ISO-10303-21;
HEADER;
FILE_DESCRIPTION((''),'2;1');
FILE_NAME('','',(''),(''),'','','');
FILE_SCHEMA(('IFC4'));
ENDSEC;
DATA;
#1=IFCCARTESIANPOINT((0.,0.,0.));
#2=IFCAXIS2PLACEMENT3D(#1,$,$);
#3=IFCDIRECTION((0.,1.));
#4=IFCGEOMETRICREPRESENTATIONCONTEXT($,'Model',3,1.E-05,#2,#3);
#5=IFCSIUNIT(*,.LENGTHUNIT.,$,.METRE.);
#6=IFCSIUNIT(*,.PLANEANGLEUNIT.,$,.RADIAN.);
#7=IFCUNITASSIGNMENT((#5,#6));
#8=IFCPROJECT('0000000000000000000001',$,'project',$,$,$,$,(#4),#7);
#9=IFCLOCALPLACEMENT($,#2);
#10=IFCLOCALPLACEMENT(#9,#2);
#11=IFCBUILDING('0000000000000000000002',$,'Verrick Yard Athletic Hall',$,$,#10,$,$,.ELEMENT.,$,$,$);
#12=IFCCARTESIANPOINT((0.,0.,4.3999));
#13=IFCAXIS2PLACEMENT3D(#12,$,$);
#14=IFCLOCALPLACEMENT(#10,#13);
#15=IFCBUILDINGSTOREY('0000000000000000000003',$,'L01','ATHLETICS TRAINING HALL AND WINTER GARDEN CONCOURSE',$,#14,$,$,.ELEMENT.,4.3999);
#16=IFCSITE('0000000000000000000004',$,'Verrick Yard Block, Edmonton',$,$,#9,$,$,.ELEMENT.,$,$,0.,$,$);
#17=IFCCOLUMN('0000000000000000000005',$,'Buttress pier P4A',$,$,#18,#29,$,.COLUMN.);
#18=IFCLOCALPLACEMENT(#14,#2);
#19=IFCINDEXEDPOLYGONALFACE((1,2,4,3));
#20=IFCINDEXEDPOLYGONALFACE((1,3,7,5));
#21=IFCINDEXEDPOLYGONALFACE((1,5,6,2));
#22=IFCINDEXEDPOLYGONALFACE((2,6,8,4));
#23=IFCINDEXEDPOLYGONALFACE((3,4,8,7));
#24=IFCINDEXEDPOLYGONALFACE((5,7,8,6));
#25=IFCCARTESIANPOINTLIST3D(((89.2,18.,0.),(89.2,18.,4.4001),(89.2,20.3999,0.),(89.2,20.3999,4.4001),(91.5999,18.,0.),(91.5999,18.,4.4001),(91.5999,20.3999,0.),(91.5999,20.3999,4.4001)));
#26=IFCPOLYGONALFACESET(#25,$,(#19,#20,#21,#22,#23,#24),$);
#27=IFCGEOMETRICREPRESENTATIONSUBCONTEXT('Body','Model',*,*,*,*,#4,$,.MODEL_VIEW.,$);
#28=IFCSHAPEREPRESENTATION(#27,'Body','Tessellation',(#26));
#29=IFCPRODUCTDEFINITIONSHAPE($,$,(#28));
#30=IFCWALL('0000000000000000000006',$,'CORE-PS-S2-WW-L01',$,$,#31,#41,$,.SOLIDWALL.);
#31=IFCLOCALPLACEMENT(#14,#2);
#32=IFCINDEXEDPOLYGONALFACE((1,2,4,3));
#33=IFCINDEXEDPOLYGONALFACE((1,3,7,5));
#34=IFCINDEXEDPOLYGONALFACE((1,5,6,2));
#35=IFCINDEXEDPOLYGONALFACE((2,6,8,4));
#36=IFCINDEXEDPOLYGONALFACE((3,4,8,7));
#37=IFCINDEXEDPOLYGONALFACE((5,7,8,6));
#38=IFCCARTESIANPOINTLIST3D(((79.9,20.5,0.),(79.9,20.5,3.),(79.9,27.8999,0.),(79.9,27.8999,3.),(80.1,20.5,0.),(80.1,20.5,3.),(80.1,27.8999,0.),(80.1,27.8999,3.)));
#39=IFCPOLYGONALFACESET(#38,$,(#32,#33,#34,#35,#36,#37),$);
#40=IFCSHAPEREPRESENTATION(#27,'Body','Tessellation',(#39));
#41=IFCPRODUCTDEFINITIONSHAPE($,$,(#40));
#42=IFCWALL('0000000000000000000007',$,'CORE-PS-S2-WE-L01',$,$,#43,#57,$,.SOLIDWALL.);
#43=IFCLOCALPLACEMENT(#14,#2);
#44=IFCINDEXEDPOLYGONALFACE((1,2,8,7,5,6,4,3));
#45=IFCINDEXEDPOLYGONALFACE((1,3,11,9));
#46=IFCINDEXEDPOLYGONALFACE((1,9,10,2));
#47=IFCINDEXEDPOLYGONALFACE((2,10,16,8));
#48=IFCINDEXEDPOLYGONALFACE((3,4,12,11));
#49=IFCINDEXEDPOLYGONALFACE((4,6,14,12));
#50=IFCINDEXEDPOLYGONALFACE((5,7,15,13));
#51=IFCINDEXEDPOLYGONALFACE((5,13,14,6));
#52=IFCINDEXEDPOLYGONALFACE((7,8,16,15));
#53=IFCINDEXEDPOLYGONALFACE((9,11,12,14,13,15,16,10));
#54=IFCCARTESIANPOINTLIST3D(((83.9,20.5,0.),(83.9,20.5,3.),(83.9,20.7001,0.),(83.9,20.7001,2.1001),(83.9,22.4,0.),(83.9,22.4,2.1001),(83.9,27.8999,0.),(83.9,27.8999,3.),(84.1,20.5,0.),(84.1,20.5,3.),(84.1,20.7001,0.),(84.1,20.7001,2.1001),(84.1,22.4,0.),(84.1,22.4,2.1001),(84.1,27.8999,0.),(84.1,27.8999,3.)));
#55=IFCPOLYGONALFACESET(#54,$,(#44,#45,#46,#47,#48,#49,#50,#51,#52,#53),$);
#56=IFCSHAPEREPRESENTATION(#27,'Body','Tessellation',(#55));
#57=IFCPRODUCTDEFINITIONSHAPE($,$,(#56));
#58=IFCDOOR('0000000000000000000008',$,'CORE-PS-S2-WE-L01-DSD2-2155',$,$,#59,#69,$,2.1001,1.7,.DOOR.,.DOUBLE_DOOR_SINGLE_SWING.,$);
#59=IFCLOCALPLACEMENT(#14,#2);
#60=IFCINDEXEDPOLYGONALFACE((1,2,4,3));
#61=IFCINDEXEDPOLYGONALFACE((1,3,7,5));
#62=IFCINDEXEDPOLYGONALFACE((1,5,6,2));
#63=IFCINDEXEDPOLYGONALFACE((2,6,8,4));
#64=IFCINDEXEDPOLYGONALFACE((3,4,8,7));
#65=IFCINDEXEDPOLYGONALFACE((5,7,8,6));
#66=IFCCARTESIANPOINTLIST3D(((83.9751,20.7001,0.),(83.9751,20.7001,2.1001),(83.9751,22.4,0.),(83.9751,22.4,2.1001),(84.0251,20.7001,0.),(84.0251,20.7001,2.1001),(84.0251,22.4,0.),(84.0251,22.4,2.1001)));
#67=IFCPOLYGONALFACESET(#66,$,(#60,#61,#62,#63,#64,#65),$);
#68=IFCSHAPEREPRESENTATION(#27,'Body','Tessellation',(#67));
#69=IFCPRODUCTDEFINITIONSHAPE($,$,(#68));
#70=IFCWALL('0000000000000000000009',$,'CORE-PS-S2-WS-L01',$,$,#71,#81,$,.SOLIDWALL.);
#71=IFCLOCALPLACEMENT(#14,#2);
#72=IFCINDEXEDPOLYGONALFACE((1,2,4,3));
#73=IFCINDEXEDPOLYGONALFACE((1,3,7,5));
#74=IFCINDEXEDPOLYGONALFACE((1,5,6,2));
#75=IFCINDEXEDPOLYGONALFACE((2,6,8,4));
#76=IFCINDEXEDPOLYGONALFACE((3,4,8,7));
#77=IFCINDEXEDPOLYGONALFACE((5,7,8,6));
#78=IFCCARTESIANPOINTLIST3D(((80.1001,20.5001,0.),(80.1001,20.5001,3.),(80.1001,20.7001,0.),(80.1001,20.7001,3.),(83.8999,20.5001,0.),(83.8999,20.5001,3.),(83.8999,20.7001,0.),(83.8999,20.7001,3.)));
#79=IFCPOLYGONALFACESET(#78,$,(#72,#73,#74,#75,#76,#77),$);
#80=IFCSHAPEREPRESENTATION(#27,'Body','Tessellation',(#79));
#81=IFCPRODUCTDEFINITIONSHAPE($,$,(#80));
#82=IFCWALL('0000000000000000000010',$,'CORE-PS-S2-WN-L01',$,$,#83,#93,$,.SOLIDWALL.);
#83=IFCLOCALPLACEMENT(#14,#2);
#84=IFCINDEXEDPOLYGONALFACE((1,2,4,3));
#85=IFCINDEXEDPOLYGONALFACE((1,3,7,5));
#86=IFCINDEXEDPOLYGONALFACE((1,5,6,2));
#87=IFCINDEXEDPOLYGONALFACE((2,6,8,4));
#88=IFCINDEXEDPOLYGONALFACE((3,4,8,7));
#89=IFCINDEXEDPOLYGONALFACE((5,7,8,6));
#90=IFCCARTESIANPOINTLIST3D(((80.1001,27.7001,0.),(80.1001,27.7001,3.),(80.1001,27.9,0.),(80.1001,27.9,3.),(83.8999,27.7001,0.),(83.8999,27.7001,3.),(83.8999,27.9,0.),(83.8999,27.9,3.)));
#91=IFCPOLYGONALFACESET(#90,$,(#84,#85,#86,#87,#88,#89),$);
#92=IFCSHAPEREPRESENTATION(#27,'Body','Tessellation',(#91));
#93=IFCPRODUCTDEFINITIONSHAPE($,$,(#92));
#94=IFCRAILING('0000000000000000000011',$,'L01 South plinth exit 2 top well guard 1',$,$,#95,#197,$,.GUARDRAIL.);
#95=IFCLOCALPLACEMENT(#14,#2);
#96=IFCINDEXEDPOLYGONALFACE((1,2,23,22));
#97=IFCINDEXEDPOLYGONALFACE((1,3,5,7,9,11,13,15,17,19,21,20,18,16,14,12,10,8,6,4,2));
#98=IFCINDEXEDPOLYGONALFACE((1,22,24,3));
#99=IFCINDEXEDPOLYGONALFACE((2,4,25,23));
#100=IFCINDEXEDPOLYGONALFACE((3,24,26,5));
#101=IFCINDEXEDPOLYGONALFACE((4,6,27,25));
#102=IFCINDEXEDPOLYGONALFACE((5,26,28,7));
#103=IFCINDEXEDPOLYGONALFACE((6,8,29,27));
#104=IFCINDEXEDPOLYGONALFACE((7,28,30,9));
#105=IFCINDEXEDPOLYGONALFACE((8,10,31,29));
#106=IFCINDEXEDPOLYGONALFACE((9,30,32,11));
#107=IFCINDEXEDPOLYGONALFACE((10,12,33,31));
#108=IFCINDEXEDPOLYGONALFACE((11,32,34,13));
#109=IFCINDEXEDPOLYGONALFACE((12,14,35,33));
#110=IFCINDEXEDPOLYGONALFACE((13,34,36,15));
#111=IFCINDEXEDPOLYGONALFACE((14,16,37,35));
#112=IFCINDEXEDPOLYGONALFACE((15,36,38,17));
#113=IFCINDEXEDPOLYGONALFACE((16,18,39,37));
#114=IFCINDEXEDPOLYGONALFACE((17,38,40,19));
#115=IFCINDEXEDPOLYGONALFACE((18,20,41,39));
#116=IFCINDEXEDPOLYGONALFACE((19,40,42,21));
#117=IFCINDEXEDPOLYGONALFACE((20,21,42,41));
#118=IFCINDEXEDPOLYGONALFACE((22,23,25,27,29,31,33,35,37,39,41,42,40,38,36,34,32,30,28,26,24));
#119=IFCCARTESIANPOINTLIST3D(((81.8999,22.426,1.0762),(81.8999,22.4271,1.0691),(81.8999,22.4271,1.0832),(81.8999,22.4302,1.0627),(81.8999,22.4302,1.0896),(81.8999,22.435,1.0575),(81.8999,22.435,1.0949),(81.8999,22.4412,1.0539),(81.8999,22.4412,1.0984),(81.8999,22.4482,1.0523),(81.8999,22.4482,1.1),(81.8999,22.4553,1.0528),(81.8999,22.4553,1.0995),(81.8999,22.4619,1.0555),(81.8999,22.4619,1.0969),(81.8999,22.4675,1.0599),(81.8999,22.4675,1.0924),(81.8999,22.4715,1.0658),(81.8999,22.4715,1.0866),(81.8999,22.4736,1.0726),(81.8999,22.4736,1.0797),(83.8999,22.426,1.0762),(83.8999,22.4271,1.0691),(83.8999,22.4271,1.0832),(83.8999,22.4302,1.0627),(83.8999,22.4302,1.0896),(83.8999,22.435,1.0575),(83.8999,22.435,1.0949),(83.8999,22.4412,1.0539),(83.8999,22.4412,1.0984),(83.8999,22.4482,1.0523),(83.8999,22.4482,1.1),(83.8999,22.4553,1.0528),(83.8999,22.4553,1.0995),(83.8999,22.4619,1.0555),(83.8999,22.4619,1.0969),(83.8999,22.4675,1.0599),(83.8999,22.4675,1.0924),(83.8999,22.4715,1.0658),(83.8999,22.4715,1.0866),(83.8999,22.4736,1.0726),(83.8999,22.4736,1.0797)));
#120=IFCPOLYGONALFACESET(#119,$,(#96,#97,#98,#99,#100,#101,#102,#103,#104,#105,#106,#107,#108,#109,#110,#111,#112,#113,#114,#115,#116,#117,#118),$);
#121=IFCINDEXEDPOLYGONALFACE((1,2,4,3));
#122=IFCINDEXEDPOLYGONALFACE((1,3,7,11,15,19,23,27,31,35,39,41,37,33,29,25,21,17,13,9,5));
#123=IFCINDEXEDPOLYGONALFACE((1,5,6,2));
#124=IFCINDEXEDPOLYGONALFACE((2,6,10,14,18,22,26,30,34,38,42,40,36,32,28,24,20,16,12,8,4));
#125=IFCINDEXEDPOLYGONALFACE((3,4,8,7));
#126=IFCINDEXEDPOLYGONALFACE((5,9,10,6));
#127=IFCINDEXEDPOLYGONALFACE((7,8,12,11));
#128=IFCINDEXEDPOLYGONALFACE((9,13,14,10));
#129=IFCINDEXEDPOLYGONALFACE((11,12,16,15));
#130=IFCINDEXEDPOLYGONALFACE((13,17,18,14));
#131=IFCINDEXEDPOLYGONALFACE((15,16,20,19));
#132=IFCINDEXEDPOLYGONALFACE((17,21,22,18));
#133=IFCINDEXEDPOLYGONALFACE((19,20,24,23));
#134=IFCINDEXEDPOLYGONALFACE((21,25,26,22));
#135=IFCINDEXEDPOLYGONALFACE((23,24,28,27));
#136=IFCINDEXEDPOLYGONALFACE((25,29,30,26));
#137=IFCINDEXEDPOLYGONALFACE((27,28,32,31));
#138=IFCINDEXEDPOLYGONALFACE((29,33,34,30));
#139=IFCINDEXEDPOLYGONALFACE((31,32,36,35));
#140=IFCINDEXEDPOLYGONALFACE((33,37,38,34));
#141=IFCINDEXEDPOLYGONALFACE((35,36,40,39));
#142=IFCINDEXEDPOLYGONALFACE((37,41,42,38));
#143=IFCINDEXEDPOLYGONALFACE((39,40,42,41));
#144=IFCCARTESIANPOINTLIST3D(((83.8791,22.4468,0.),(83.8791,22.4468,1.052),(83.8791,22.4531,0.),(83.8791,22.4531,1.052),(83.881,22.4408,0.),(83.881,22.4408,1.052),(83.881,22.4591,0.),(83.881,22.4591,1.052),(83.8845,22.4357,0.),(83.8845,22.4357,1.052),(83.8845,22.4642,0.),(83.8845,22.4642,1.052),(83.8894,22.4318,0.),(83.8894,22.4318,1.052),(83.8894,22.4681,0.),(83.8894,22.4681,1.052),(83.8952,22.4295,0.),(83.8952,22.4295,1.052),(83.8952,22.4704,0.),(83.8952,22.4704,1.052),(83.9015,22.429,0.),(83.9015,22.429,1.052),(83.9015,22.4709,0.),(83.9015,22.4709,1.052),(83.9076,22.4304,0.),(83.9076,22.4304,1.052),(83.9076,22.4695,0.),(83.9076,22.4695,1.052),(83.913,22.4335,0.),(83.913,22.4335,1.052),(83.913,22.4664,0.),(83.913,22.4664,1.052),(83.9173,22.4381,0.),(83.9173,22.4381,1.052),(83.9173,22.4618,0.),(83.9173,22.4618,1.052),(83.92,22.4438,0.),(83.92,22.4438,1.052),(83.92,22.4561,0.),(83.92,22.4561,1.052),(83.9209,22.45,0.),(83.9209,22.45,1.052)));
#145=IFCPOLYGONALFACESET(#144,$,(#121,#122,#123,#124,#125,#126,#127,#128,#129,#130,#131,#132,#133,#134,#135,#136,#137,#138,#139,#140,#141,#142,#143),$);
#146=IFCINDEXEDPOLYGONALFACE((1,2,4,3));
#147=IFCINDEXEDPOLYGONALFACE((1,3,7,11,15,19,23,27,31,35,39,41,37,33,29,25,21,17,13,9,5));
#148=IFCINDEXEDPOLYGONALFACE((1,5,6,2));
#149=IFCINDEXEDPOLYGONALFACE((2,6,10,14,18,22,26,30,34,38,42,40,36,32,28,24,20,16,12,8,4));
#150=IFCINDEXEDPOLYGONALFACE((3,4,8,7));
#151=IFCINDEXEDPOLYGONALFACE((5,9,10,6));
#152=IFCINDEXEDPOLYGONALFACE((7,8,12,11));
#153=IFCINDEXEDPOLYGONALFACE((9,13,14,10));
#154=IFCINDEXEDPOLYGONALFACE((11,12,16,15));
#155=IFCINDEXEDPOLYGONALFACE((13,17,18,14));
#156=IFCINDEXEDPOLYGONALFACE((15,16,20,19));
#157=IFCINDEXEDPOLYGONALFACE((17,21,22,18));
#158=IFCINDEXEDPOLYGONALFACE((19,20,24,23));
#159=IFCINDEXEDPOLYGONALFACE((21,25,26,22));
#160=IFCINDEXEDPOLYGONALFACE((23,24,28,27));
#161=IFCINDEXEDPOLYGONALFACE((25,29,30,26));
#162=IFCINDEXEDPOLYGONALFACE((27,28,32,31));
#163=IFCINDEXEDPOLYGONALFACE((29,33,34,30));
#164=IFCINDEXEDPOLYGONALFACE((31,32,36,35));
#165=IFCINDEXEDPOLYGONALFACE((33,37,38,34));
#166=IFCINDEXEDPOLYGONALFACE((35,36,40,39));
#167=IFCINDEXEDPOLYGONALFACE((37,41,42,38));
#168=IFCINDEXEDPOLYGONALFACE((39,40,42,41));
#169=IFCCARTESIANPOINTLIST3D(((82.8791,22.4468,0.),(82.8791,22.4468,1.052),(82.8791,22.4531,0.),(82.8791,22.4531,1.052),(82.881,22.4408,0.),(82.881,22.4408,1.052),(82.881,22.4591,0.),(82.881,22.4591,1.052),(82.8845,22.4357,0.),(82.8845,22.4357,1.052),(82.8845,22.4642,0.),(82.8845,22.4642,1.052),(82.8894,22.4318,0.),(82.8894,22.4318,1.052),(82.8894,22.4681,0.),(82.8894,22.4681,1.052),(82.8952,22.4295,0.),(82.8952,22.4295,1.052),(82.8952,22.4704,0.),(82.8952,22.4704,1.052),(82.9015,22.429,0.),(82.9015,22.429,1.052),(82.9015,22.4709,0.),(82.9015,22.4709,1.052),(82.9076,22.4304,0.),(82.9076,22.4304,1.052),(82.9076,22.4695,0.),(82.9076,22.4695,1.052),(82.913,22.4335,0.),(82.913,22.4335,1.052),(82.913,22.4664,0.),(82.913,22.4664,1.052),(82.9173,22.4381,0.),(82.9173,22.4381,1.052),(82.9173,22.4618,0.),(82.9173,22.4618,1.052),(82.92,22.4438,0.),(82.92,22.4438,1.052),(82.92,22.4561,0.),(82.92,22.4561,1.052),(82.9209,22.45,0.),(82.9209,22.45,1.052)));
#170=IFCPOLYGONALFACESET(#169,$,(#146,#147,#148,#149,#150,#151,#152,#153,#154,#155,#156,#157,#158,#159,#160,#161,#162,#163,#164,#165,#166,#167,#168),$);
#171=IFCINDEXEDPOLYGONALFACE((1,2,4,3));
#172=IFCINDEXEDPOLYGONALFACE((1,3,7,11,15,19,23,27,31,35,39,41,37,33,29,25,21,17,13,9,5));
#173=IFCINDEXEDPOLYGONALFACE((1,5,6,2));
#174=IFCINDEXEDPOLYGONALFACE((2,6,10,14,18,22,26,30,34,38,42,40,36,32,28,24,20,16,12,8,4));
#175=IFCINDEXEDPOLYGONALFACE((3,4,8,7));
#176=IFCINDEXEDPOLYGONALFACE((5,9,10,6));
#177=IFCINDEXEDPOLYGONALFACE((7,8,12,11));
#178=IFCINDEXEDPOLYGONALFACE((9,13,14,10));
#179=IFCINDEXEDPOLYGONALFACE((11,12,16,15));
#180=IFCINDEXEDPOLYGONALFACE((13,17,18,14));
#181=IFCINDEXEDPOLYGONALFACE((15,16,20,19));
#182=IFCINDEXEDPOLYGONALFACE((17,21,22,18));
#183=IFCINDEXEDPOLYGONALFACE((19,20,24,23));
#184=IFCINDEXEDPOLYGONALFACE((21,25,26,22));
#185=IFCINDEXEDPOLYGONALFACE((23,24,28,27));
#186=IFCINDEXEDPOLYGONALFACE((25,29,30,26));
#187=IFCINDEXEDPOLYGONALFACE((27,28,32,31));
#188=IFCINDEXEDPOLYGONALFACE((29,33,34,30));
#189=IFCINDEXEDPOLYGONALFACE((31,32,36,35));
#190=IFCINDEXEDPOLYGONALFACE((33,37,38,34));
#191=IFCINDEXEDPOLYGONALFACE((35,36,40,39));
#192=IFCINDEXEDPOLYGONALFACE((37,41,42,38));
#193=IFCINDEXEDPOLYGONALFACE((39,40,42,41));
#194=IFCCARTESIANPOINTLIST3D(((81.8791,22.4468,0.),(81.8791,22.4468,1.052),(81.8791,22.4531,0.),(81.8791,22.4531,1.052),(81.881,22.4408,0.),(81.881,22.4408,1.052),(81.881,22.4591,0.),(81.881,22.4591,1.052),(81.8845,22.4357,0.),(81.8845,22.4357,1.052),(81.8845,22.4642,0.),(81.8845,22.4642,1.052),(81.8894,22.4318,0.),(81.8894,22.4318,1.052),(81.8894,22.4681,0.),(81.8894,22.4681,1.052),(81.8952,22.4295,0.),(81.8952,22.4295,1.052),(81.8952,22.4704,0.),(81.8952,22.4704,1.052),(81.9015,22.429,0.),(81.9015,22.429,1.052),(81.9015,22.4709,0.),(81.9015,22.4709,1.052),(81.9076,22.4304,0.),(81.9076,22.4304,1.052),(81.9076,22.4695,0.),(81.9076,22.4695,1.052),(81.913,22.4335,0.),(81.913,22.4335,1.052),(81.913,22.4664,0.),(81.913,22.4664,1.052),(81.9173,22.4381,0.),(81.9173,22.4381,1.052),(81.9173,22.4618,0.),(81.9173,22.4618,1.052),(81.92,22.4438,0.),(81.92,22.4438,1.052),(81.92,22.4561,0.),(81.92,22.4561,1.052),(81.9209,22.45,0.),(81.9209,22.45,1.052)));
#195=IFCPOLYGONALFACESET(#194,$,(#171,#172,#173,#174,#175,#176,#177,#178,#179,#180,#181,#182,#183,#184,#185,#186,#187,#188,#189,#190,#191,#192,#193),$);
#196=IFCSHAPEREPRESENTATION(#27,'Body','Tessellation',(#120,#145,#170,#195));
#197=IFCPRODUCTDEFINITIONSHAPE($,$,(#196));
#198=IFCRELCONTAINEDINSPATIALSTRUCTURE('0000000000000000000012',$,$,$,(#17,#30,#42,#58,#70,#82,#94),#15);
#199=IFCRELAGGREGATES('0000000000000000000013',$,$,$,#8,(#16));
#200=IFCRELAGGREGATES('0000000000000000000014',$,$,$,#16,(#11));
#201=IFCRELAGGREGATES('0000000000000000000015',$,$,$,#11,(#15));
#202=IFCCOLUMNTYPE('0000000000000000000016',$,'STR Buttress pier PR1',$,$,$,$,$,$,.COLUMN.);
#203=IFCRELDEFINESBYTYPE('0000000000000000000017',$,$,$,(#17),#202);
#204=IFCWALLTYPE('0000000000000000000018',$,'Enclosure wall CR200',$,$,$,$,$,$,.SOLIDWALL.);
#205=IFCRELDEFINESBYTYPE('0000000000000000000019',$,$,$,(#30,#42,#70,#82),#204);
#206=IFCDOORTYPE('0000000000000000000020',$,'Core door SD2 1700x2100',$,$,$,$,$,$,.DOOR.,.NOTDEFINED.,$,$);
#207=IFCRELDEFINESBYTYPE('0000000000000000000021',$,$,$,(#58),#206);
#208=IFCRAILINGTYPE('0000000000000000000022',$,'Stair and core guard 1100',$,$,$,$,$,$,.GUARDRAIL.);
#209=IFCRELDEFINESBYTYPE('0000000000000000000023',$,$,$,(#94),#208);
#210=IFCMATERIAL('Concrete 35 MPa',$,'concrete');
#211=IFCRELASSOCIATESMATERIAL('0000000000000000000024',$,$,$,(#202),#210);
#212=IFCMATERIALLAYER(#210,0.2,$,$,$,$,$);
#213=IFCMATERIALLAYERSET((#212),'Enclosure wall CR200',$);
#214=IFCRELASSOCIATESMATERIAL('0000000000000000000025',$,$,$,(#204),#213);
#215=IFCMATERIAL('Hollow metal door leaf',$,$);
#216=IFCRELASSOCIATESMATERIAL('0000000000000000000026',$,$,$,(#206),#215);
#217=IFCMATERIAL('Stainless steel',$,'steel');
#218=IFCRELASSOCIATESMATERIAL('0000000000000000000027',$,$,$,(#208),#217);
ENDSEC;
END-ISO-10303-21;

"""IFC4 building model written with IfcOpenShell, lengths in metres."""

from ifc_helpers import new_model, si_unit, direction, frame, frame_2d, origin, origin_2d, place, context, subcontext, project, spatial, rectangle, circle, extrude, material, layer, layer_set, material_profile, profile_set, type_object, element, fill, save


model = new_model("IFC4")

# Units and contexts
model_context = context("Model", 3, precision=1e-05, world=origin(), true_north=direction((0.0, 1.0)))
body_context = subcontext(model_context, "Body", "Model", "MODEL_VIEW")
ifc_project = project(units=[si_unit("LENGTHUNIT", "METRE"), si_unit("PLANEANGLEUNIT", "RADIAN")], contexts=[model_context])

# Site, building, storey
site_placement = place(None, origin())
site = spatial("IfcSite", under=ifc_project, at=site_placement, Name="Verrick Yard Block, Edmonton", CompositionType="ELEMENT", RefElevation=0.0)
building_placement = place(site_placement, origin())
building = spatial("IfcBuilding", under=site, at=building_placement, Name="Verrick Yard Athletic Hall", CompositionType="ELEMENT")
storey_placement = place(building_placement, frame((0.0, 0.0, 4.3999)))
storey = spatial("IfcBuildingStorey", under=building, at=storey_placement, Name="L01", Description="ATHLETICS TRAINING HALL AND WINTER GARDEN CONCOURSE", CompositionType="ELEMENT", Elevation=4.3999)

# Column
ifc_material_1 = material(Name="Concrete 35 MPa", Category="concrete")
ifc_material_profile = material_profile(ifc_material_1, rectangle(XDim=2.3999, YDim=2.3999, at=origin_2d()), Name="STR Buttress pier PR1")
ifc_profile_set = profile_set([ifc_material_profile], Name="Concrete 35 MPa")
column_type = type_object("IfcColumnType", Name="STR Buttress pier PR1", PredefinedType="COLUMN", material=ifc_profile_set)
column_placement = place(storey_placement, frame((90.3999, 19.2, 0.0), z_axis=(0.0, 0.0, 1.0), x_axis=(1.0, 0.0, 0.0)))
element("IfcColumn", 1, at=column_placement, inside=storey, type_object=column_type, Name="Buttress pier P4A", PredefinedType="COLUMN", context=body_context, shape_type="SweptSolid", body=[
    extrude(rectangle(XDim=2.3999, YDim=2.3999, at=origin_2d()), origin(), (0.0, 0.0, 1.0), 4.4001),
])

# Wall
ifc_layer_1 = layer(ifc_material_1, 0.2)
ifc_layer_set_1 = layer_set([ifc_layer_1], Name="Enclosure wall CR200")
wall_type = type_object("IfcWallType", Name="Enclosure wall CR200", PredefinedType="SOLIDWALL", material=ifc_layer_set_1)
wall_1_placement = place(storey_placement, frame((80.0, 20.5, 0.0), z_axis=(0.0, 0.0, 1.0), x_axis=(0.0, 1.0, 0.0)))
element("IfcWall", 2, at=wall_1_placement, inside=storey, type_object=wall_type, Name="CORE-PS-S2-WW-L01", PredefinedType="SOLIDWALL", context=body_context, shape_type="SweptSolid", body=[
    extrude(rectangle(XDim=7.3999, YDim=0.2, at=frame_2d((3.7, 0.0))), origin(), (0.0, 0.0, 1.0), 3.0),
])

# Wall, opening, door
wall_2_placement = place(storey_placement, frame((84.0, 20.5, 0.0), z_axis=(0.0, 0.0, 1.0), x_axis=(0.0, 1.0, 0.0)))
wall_2 = element("IfcWall", 3, at=wall_2_placement, inside=storey, type_object=wall_type, Name="CORE-PS-S2-WE-L01", PredefinedType="SOLIDWALL", context=body_context, shape_type="SweptSolid", body=[
    extrude(rectangle(XDim=7.3999, YDim=0.2, at=frame_2d((3.7, 0.0))), origin(), (0.0, 0.0, 1.0), 3.0),
])
opening_placement = place(wall_2_placement, frame((0.2, 0.0, 0.0)))
opening = element("IfcOpeningElement", 4, at=opening_placement, cuts=wall_2, PredefinedType="OPENING", context=body_context, shape_type="SweptSolid", body=[
    extrude(rectangle(XDim=1.7, YDim=2.1001, at=frame_2d((0.8501, 1.05))), frame((0.0, 0.1099, 0.0), z_axis=(0.0, -1.0, 0.0), x_axis=(1.0, 0.0, 0.0)), (0.0, 0.0, 1.0), 0.22),
])
ifc_material_2 = material(Name="Hollow metal door leaf")
door_type = type_object("IfcDoorType", Name="Core door SD2 1700x2100", OperationType="NOTDEFINED", PredefinedType="DOOR", material=ifc_material_2)
door_placement = place(opening_placement, origin())
door = element("IfcDoor", 5, at=door_placement, inside=storey, type_object=door_type, Name="CORE-PS-S2-WE-L01-DSD2-2155", OperationType="DOUBLE_DOOR_SINGLE_SWING", OverallHeight=2.1001, OverallWidth=1.7, PredefinedType="DOOR", context=body_context, shape_type="SweptSolid", body=[
    extrude(rectangle(XDim=1.7, YDim=2.1001, at=frame_2d((0.8501, 1.05))), frame((0.0, 0.0249, 0.0), z_axis=(0.0, -1.0, 0.0), x_axis=(1.0, 0.0, 0.0)), (0.0, 0.0, 1.0), 0.05),
])
fill(opening, door)

# Walls
for number, where, z_axis, x_axis, name in (
    (6, (80.1001, 20.6001, 0.0), (0.0, 0.0, 1.0), (1.0, 0.0, 0.0), "CORE-PS-S2-WS-L01"),
    (7, (80.1001, 27.8, 0.0), (0.0, 0.0, 1.0), (1.0, 0.0, 0.0), "CORE-PS-S2-WN-L01"),
):
    element("IfcWall", number, at=place(storey_placement, frame(where, z_axis=z_axis, x_axis=x_axis)), inside=storey, type_object=wall_type, Name=name, PredefinedType="SOLIDWALL", context=body_context, shape_type="SweptSolid", body=[
        extrude(rectangle(XDim=3.7998, YDim=0.2, at=frame_2d((1.8999, 0.0))), origin(), (0.0, 0.0, 1.0), 3.0),
    ])

# Railing
ifc_material_3 = material(Name="Stainless steel", Category="steel")
railing_type = type_object("IfcRailingType", Name="Stair and core guard 1100", PredefinedType="GUARDRAIL", material=ifc_material_3)
railing_placement = place(storey_placement, frame((83.8999, 22.45, 0.0)))
element("IfcRailing", 8, at=railing_placement, inside=storey, type_object=railing_type, Name="L01 South plinth exit 2 top well guard 1", PredefinedType="GUARDRAIL", context=body_context, shape_type="SweptSolid", body=[
    extrude(circle(Radius=0.0239, at=origin_2d()), frame((0.0, 0.0, 1.0762), z_axis=(-1.0, 0.0, 0.0), x_axis=(0.0, -1.0, 0.0)), (0.0, 0.0, 1.0), 2.0),
    extrude(circle(Radius=0.021, at=origin_2d()), origin(), (0.0, 0.0, 1.0), 1.052),
    extrude(circle(Radius=0.021, at=origin_2d()), frame((-1.0, 0.0, 0.0)), (0.0, 0.0, 1.0), 1.052),
    extrude(circle(Radius=0.021, at=origin_2d()), frame((-2.0, 0.0, 0.0)), (0.0, 0.0, 1.0), 1.052),
])

save(model, "model.ifc")
